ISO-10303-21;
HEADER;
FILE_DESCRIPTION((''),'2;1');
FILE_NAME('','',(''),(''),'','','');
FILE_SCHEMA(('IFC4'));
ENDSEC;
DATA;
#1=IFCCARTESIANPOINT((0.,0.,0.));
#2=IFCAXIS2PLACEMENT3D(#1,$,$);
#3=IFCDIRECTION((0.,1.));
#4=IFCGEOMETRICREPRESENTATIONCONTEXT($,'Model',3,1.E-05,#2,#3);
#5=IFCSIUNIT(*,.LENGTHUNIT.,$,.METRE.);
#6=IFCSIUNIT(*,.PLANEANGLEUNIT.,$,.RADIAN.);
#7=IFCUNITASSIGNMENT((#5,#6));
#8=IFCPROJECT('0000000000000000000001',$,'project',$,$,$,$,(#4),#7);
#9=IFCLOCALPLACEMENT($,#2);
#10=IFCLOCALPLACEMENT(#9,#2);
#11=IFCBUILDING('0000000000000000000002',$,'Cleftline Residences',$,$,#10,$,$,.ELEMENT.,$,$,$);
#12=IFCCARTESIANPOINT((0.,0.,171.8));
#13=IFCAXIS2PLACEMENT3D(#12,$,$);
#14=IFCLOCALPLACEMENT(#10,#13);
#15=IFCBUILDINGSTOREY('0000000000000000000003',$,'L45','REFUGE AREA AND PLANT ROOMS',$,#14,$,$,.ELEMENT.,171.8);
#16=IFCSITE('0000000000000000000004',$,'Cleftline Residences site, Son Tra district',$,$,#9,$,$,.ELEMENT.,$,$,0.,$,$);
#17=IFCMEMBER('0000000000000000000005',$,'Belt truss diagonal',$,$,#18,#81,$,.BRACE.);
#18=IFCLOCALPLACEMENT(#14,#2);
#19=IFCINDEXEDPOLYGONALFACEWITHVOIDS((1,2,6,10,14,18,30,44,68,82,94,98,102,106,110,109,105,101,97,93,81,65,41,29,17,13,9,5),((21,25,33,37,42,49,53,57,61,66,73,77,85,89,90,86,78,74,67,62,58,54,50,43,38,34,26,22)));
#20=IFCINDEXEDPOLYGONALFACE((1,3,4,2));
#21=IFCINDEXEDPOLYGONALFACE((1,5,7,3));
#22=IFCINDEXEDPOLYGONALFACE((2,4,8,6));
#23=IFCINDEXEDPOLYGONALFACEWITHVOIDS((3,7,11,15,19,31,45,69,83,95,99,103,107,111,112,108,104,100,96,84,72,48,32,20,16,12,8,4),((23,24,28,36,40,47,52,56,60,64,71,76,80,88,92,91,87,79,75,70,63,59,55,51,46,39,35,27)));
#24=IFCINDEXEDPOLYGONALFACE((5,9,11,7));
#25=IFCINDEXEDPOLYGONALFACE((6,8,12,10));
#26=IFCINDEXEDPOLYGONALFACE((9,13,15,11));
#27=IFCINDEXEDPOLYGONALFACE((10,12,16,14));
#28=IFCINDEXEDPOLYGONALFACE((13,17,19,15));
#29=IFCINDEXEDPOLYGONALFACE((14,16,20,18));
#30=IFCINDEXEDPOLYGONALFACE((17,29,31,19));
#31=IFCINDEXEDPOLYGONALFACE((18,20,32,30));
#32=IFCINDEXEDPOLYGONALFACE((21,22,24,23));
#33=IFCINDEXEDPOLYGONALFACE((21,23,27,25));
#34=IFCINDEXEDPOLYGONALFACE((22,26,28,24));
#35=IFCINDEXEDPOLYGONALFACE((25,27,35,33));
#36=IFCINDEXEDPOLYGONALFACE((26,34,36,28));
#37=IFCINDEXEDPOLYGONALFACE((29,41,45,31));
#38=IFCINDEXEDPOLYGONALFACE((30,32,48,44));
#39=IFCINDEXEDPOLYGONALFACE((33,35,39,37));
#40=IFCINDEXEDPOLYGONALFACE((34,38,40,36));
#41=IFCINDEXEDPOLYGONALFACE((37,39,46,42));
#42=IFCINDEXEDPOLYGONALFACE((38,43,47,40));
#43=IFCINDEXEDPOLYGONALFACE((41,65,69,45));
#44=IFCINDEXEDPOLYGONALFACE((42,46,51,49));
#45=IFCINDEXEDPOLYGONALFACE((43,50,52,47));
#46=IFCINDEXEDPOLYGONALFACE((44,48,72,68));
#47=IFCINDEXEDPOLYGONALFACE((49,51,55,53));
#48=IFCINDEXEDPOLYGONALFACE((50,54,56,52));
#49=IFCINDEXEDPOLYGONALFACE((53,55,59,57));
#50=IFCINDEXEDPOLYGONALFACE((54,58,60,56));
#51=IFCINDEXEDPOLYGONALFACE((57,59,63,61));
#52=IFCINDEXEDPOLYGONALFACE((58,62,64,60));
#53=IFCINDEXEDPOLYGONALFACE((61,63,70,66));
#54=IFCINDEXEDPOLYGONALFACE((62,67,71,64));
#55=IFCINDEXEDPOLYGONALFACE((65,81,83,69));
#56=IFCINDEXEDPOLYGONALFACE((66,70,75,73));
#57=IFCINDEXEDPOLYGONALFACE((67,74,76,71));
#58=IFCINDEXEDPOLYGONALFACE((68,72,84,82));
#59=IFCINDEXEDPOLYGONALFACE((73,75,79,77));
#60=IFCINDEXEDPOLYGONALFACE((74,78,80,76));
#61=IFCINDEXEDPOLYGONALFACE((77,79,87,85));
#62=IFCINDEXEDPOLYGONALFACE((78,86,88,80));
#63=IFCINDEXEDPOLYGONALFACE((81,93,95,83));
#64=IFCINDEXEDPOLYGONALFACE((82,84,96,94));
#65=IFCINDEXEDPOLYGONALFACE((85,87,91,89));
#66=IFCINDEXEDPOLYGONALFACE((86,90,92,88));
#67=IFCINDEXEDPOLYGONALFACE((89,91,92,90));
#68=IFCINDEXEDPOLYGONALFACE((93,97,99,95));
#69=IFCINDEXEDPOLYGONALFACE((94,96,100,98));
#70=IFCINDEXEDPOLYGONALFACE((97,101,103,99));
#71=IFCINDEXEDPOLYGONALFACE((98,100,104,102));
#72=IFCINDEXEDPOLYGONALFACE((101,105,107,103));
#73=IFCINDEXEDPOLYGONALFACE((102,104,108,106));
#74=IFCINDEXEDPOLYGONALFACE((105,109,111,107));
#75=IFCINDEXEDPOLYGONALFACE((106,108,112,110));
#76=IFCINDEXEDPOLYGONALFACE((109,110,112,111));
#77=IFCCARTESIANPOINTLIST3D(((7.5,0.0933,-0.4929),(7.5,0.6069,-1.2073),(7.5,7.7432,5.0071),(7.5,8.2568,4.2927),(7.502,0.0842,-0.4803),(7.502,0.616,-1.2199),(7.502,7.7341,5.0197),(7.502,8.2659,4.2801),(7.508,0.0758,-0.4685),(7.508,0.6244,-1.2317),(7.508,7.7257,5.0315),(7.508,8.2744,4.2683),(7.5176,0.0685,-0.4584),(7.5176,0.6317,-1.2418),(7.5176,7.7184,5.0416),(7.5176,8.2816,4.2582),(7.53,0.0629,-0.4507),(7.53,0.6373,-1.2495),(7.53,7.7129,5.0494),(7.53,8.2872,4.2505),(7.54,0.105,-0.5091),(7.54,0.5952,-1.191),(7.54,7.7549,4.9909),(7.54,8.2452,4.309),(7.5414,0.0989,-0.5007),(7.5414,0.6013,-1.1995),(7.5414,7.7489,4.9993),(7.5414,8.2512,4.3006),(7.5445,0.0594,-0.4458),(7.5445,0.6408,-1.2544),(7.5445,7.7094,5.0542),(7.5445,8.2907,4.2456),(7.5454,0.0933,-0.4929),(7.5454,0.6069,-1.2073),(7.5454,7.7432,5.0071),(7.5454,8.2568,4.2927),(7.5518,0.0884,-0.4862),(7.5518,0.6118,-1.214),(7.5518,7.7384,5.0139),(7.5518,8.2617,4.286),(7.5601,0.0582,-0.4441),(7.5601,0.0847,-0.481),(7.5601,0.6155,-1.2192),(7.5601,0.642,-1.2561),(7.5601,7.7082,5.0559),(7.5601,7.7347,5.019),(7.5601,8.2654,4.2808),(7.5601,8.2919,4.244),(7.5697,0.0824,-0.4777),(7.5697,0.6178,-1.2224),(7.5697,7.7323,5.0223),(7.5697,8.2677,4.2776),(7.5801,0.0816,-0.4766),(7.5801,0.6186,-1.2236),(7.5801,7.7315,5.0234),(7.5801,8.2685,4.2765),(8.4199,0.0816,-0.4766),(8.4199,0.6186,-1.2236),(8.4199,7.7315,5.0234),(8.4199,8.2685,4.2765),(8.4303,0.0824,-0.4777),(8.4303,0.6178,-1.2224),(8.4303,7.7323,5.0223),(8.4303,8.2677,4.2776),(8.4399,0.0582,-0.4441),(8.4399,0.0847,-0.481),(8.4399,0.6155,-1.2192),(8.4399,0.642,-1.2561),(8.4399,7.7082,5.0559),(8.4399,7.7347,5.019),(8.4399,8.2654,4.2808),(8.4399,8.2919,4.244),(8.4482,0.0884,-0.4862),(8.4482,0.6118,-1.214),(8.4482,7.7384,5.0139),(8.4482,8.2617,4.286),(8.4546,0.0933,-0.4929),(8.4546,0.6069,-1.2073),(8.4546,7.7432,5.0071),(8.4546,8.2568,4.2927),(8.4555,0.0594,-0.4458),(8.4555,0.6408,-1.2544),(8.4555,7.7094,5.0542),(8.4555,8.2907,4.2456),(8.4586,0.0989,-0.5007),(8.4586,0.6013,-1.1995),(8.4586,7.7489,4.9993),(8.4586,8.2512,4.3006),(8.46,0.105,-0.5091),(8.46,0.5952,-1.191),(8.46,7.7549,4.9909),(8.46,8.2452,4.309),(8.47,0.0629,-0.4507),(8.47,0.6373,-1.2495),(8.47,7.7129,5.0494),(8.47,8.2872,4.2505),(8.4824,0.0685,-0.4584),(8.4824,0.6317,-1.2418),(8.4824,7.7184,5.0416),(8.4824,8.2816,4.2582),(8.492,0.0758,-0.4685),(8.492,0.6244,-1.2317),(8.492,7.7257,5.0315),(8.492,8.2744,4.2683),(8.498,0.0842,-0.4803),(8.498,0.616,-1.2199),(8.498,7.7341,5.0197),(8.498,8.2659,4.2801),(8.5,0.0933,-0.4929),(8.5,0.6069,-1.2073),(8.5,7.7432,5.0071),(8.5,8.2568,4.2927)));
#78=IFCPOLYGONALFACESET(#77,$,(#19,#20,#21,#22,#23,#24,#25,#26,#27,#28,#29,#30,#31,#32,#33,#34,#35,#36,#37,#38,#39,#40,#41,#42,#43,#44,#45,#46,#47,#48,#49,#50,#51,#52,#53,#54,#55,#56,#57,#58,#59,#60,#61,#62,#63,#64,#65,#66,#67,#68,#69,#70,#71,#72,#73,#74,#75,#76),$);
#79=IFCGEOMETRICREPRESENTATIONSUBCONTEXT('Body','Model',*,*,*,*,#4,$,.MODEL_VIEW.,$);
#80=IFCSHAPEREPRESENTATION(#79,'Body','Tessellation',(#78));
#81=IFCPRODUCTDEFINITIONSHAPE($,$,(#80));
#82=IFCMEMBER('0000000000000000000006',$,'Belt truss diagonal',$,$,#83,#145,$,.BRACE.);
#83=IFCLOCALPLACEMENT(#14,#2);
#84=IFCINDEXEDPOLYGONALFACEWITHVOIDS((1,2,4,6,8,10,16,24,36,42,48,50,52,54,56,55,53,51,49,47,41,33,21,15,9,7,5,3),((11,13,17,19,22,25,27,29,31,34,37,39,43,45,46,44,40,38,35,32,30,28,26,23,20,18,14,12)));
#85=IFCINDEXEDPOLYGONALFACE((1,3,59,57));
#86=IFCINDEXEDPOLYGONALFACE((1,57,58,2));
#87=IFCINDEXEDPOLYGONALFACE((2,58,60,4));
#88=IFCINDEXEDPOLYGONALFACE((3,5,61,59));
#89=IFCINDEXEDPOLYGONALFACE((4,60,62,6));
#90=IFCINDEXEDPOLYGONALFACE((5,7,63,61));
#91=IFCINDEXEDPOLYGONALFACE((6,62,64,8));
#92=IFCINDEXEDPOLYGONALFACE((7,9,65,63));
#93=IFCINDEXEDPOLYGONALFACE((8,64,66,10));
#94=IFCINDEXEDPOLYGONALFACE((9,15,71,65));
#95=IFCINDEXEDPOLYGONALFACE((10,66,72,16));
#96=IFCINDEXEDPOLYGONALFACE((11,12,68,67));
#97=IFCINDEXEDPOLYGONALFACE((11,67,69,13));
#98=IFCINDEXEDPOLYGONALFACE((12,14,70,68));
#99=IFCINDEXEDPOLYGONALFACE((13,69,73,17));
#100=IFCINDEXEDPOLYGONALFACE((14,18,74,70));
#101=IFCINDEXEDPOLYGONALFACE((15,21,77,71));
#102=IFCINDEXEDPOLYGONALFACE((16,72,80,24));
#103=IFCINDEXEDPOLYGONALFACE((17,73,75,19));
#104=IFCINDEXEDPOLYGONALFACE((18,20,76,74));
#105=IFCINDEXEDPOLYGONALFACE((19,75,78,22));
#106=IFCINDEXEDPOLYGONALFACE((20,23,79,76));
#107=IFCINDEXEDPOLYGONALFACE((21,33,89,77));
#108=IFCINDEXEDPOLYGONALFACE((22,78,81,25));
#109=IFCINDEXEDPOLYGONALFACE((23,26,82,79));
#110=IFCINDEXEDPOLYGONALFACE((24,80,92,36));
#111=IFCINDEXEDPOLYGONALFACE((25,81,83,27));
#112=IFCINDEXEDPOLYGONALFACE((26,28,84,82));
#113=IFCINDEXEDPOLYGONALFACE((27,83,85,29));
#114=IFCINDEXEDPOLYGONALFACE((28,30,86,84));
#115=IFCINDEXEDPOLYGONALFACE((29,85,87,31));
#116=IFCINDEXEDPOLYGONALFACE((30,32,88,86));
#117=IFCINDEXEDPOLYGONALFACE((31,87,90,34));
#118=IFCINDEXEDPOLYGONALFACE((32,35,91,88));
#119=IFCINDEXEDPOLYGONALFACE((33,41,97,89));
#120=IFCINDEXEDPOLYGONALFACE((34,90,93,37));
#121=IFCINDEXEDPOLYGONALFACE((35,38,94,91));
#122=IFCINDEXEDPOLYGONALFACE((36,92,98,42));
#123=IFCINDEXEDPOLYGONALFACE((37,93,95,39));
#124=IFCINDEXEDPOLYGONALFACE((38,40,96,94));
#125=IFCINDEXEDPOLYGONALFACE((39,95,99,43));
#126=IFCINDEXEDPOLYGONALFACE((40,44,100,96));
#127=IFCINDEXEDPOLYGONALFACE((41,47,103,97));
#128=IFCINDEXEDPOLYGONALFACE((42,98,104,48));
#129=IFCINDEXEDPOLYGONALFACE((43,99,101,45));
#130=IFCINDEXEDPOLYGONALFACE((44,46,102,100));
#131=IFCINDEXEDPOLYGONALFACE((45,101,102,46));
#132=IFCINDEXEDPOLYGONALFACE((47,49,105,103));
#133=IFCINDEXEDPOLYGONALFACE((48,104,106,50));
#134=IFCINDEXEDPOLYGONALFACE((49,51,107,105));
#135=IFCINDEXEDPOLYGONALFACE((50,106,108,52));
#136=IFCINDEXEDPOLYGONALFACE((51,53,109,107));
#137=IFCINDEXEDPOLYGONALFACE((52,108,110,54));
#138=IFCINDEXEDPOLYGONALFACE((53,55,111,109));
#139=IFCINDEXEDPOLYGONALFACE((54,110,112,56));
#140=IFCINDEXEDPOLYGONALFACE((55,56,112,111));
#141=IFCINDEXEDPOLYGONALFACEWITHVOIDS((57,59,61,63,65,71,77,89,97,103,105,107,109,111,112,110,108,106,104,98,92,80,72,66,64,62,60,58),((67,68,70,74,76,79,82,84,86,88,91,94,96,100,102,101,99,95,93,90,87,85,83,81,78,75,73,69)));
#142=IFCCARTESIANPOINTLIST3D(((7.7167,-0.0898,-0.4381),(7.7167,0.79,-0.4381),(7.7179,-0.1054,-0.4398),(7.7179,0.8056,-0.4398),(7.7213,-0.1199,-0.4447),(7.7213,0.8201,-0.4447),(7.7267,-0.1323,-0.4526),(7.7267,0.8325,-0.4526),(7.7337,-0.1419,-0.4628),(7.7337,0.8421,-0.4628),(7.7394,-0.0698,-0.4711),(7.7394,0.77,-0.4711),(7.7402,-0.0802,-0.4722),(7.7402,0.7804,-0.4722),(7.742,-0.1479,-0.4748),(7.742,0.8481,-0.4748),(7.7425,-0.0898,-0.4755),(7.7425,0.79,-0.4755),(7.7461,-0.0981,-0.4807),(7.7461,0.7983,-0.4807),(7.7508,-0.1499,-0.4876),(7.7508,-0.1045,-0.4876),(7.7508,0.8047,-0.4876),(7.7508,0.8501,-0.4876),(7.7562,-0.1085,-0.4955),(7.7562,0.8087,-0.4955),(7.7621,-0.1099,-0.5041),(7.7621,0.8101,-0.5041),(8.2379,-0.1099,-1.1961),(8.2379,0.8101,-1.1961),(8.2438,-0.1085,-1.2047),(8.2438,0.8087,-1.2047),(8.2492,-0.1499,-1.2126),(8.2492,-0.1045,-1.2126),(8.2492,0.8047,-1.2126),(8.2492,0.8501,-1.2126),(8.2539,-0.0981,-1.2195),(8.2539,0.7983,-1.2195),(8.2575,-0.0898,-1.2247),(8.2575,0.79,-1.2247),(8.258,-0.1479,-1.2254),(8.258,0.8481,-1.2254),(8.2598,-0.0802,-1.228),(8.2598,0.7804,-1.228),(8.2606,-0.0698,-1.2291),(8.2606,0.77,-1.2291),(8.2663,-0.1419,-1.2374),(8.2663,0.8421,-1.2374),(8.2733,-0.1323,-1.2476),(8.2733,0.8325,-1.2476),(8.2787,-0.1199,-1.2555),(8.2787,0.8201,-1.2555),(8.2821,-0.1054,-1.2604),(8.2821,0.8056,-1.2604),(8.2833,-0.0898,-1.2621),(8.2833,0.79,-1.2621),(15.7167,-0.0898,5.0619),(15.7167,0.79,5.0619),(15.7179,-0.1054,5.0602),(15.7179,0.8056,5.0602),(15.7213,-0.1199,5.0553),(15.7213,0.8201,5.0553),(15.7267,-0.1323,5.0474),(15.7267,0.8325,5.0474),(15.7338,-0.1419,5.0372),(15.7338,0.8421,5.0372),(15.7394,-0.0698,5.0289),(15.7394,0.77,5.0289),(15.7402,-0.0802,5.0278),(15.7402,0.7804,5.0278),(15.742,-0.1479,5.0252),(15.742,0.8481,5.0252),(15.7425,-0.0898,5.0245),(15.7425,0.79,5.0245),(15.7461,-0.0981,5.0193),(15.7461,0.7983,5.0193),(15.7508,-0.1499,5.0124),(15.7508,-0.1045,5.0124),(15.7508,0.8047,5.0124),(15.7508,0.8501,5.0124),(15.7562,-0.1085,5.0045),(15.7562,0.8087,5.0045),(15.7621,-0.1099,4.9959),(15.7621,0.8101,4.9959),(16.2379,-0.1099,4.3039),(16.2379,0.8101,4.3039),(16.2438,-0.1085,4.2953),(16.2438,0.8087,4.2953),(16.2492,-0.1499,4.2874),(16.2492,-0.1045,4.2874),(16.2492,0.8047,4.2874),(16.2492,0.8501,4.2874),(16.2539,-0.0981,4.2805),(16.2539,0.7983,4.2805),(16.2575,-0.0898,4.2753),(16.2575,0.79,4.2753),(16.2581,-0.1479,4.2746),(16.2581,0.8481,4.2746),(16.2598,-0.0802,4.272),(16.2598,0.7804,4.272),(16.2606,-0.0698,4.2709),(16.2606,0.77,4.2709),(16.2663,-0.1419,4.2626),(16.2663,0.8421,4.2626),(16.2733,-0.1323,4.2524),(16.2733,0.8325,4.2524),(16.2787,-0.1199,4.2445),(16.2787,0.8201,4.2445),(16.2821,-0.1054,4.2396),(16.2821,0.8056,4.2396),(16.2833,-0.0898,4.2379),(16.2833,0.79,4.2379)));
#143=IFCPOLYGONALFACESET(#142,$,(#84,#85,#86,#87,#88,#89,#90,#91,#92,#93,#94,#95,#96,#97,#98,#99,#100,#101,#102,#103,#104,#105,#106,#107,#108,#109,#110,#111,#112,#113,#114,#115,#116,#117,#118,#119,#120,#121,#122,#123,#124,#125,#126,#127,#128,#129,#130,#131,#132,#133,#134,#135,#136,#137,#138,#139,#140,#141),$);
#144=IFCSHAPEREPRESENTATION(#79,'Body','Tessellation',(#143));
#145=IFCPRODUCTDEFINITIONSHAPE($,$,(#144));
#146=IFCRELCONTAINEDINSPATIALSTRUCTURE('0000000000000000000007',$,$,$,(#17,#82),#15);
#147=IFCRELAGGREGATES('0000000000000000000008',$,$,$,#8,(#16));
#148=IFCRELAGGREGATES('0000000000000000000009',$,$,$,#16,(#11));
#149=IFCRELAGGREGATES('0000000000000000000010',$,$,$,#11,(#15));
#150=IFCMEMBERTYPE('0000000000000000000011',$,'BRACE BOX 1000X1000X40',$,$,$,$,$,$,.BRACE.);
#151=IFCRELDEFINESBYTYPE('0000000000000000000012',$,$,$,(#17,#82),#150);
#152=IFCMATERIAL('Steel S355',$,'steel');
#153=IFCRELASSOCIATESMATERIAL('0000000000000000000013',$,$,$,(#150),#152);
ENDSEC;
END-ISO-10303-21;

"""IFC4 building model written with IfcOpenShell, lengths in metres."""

from ifc_helpers import new_model, si_unit, direction, frame, origin, origin_2d, place, context, subcontext, project, spatial, hollow_rectangle, extrude, material, material_profile, profile_set, type_object, element, save


model = new_model("IFC4")

# Units and contexts
model_context = context("Model", 3, precision=1e-05, world=origin(), true_north=direction((0.0, 1.0)))
body_context = subcontext(model_context, "Body", "Model", "MODEL_VIEW")
ifc_project = project(units=[si_unit("LENGTHUNIT", "METRE"), si_unit("PLANEANGLEUNIT", "RADIAN")], contexts=[model_context])

# Site, building, storey
site_placement = place(None, origin())
site = spatial("IfcSite", under=ifc_project, at=site_placement, Name="Cleftline Residences site, Son Tra district", CompositionType="ELEMENT", RefElevation=0.0)
building_placement = place(site_placement, origin())
building = spatial("IfcBuilding", under=site, at=building_placement, Name="Cleftline Residences", CompositionType="ELEMENT")
storey_placement = place(building_placement, frame((0.0, 0.0, 171.8)))
storey = spatial("IfcBuildingStorey", under=building, at=storey_placement, Name="L45", Description="REFUGE AREA AND PLANT ROOMS", CompositionType="ELEMENT", Elevation=171.8)

# Members
ifc_material_1 = material(Name="Steel S355", Category="steel")
ifc_material_profile_1 = material_profile(ifc_material_1, hollow_rectangle(XDim=1.0, YDim=1.0, WallThickness=0.04, InnerFilletRadius=0.04, OuterFilletRadius=0.0601, at=origin_2d()))
ifc_profile_set_1 = profile_set([ifc_material_profile_1], Name="Steel S355")
member_type_1 = type_object("IfcMemberType", Name="BRACE BOX 1000X1000X40", PredefinedType="BRACE", material=ifc_profile_set_1)
member_1_placement = place(storey_placement, frame((8.0, 0.3501, -0.8501), z_axis=(0.0, 0.811933, 0.58375), x_axis=(0.0, -0.58375, 0.811933)))
element("IfcMember", 1, at=member_1_placement, inside=storey, type_object=member_type_1, Name="Belt truss diagonal", PredefinedType="BRACE", context=body_context, shape_type="SweptSolid", body=[
    extrude(hollow_rectangle(XDim=1.0, YDim=1.0, WallThickness=0.04, InnerFilletRadius=0.04, OuterFilletRadius=0.0601, at=origin_2d()), origin(), (0.0, 0.0, 1.0), 9.4219),
])
member_2_placement = place(storey_placement, frame((8.0, 0.3501, -0.8501), z_axis=(0.824042, 0.0, 0.566529), x_axis=(-0.566529, 0.0, 0.824042)))
element("IfcMember", 2, at=member_2_placement, inside=storey, type_object=member_type_1, Name="Belt truss diagonal", PredefinedType="BRACE", context=body_context, shape_type="SweptSolid", body=[
    extrude(hollow_rectangle(XDim=1.0, YDim=1.0, WallThickness=0.04, InnerFilletRadius=0.04, OuterFilletRadius=0.0601, at=origin_2d()), origin(), (0.0, 0.0, 1.0), 9.7083),
])

save(model, "model.ifc")
